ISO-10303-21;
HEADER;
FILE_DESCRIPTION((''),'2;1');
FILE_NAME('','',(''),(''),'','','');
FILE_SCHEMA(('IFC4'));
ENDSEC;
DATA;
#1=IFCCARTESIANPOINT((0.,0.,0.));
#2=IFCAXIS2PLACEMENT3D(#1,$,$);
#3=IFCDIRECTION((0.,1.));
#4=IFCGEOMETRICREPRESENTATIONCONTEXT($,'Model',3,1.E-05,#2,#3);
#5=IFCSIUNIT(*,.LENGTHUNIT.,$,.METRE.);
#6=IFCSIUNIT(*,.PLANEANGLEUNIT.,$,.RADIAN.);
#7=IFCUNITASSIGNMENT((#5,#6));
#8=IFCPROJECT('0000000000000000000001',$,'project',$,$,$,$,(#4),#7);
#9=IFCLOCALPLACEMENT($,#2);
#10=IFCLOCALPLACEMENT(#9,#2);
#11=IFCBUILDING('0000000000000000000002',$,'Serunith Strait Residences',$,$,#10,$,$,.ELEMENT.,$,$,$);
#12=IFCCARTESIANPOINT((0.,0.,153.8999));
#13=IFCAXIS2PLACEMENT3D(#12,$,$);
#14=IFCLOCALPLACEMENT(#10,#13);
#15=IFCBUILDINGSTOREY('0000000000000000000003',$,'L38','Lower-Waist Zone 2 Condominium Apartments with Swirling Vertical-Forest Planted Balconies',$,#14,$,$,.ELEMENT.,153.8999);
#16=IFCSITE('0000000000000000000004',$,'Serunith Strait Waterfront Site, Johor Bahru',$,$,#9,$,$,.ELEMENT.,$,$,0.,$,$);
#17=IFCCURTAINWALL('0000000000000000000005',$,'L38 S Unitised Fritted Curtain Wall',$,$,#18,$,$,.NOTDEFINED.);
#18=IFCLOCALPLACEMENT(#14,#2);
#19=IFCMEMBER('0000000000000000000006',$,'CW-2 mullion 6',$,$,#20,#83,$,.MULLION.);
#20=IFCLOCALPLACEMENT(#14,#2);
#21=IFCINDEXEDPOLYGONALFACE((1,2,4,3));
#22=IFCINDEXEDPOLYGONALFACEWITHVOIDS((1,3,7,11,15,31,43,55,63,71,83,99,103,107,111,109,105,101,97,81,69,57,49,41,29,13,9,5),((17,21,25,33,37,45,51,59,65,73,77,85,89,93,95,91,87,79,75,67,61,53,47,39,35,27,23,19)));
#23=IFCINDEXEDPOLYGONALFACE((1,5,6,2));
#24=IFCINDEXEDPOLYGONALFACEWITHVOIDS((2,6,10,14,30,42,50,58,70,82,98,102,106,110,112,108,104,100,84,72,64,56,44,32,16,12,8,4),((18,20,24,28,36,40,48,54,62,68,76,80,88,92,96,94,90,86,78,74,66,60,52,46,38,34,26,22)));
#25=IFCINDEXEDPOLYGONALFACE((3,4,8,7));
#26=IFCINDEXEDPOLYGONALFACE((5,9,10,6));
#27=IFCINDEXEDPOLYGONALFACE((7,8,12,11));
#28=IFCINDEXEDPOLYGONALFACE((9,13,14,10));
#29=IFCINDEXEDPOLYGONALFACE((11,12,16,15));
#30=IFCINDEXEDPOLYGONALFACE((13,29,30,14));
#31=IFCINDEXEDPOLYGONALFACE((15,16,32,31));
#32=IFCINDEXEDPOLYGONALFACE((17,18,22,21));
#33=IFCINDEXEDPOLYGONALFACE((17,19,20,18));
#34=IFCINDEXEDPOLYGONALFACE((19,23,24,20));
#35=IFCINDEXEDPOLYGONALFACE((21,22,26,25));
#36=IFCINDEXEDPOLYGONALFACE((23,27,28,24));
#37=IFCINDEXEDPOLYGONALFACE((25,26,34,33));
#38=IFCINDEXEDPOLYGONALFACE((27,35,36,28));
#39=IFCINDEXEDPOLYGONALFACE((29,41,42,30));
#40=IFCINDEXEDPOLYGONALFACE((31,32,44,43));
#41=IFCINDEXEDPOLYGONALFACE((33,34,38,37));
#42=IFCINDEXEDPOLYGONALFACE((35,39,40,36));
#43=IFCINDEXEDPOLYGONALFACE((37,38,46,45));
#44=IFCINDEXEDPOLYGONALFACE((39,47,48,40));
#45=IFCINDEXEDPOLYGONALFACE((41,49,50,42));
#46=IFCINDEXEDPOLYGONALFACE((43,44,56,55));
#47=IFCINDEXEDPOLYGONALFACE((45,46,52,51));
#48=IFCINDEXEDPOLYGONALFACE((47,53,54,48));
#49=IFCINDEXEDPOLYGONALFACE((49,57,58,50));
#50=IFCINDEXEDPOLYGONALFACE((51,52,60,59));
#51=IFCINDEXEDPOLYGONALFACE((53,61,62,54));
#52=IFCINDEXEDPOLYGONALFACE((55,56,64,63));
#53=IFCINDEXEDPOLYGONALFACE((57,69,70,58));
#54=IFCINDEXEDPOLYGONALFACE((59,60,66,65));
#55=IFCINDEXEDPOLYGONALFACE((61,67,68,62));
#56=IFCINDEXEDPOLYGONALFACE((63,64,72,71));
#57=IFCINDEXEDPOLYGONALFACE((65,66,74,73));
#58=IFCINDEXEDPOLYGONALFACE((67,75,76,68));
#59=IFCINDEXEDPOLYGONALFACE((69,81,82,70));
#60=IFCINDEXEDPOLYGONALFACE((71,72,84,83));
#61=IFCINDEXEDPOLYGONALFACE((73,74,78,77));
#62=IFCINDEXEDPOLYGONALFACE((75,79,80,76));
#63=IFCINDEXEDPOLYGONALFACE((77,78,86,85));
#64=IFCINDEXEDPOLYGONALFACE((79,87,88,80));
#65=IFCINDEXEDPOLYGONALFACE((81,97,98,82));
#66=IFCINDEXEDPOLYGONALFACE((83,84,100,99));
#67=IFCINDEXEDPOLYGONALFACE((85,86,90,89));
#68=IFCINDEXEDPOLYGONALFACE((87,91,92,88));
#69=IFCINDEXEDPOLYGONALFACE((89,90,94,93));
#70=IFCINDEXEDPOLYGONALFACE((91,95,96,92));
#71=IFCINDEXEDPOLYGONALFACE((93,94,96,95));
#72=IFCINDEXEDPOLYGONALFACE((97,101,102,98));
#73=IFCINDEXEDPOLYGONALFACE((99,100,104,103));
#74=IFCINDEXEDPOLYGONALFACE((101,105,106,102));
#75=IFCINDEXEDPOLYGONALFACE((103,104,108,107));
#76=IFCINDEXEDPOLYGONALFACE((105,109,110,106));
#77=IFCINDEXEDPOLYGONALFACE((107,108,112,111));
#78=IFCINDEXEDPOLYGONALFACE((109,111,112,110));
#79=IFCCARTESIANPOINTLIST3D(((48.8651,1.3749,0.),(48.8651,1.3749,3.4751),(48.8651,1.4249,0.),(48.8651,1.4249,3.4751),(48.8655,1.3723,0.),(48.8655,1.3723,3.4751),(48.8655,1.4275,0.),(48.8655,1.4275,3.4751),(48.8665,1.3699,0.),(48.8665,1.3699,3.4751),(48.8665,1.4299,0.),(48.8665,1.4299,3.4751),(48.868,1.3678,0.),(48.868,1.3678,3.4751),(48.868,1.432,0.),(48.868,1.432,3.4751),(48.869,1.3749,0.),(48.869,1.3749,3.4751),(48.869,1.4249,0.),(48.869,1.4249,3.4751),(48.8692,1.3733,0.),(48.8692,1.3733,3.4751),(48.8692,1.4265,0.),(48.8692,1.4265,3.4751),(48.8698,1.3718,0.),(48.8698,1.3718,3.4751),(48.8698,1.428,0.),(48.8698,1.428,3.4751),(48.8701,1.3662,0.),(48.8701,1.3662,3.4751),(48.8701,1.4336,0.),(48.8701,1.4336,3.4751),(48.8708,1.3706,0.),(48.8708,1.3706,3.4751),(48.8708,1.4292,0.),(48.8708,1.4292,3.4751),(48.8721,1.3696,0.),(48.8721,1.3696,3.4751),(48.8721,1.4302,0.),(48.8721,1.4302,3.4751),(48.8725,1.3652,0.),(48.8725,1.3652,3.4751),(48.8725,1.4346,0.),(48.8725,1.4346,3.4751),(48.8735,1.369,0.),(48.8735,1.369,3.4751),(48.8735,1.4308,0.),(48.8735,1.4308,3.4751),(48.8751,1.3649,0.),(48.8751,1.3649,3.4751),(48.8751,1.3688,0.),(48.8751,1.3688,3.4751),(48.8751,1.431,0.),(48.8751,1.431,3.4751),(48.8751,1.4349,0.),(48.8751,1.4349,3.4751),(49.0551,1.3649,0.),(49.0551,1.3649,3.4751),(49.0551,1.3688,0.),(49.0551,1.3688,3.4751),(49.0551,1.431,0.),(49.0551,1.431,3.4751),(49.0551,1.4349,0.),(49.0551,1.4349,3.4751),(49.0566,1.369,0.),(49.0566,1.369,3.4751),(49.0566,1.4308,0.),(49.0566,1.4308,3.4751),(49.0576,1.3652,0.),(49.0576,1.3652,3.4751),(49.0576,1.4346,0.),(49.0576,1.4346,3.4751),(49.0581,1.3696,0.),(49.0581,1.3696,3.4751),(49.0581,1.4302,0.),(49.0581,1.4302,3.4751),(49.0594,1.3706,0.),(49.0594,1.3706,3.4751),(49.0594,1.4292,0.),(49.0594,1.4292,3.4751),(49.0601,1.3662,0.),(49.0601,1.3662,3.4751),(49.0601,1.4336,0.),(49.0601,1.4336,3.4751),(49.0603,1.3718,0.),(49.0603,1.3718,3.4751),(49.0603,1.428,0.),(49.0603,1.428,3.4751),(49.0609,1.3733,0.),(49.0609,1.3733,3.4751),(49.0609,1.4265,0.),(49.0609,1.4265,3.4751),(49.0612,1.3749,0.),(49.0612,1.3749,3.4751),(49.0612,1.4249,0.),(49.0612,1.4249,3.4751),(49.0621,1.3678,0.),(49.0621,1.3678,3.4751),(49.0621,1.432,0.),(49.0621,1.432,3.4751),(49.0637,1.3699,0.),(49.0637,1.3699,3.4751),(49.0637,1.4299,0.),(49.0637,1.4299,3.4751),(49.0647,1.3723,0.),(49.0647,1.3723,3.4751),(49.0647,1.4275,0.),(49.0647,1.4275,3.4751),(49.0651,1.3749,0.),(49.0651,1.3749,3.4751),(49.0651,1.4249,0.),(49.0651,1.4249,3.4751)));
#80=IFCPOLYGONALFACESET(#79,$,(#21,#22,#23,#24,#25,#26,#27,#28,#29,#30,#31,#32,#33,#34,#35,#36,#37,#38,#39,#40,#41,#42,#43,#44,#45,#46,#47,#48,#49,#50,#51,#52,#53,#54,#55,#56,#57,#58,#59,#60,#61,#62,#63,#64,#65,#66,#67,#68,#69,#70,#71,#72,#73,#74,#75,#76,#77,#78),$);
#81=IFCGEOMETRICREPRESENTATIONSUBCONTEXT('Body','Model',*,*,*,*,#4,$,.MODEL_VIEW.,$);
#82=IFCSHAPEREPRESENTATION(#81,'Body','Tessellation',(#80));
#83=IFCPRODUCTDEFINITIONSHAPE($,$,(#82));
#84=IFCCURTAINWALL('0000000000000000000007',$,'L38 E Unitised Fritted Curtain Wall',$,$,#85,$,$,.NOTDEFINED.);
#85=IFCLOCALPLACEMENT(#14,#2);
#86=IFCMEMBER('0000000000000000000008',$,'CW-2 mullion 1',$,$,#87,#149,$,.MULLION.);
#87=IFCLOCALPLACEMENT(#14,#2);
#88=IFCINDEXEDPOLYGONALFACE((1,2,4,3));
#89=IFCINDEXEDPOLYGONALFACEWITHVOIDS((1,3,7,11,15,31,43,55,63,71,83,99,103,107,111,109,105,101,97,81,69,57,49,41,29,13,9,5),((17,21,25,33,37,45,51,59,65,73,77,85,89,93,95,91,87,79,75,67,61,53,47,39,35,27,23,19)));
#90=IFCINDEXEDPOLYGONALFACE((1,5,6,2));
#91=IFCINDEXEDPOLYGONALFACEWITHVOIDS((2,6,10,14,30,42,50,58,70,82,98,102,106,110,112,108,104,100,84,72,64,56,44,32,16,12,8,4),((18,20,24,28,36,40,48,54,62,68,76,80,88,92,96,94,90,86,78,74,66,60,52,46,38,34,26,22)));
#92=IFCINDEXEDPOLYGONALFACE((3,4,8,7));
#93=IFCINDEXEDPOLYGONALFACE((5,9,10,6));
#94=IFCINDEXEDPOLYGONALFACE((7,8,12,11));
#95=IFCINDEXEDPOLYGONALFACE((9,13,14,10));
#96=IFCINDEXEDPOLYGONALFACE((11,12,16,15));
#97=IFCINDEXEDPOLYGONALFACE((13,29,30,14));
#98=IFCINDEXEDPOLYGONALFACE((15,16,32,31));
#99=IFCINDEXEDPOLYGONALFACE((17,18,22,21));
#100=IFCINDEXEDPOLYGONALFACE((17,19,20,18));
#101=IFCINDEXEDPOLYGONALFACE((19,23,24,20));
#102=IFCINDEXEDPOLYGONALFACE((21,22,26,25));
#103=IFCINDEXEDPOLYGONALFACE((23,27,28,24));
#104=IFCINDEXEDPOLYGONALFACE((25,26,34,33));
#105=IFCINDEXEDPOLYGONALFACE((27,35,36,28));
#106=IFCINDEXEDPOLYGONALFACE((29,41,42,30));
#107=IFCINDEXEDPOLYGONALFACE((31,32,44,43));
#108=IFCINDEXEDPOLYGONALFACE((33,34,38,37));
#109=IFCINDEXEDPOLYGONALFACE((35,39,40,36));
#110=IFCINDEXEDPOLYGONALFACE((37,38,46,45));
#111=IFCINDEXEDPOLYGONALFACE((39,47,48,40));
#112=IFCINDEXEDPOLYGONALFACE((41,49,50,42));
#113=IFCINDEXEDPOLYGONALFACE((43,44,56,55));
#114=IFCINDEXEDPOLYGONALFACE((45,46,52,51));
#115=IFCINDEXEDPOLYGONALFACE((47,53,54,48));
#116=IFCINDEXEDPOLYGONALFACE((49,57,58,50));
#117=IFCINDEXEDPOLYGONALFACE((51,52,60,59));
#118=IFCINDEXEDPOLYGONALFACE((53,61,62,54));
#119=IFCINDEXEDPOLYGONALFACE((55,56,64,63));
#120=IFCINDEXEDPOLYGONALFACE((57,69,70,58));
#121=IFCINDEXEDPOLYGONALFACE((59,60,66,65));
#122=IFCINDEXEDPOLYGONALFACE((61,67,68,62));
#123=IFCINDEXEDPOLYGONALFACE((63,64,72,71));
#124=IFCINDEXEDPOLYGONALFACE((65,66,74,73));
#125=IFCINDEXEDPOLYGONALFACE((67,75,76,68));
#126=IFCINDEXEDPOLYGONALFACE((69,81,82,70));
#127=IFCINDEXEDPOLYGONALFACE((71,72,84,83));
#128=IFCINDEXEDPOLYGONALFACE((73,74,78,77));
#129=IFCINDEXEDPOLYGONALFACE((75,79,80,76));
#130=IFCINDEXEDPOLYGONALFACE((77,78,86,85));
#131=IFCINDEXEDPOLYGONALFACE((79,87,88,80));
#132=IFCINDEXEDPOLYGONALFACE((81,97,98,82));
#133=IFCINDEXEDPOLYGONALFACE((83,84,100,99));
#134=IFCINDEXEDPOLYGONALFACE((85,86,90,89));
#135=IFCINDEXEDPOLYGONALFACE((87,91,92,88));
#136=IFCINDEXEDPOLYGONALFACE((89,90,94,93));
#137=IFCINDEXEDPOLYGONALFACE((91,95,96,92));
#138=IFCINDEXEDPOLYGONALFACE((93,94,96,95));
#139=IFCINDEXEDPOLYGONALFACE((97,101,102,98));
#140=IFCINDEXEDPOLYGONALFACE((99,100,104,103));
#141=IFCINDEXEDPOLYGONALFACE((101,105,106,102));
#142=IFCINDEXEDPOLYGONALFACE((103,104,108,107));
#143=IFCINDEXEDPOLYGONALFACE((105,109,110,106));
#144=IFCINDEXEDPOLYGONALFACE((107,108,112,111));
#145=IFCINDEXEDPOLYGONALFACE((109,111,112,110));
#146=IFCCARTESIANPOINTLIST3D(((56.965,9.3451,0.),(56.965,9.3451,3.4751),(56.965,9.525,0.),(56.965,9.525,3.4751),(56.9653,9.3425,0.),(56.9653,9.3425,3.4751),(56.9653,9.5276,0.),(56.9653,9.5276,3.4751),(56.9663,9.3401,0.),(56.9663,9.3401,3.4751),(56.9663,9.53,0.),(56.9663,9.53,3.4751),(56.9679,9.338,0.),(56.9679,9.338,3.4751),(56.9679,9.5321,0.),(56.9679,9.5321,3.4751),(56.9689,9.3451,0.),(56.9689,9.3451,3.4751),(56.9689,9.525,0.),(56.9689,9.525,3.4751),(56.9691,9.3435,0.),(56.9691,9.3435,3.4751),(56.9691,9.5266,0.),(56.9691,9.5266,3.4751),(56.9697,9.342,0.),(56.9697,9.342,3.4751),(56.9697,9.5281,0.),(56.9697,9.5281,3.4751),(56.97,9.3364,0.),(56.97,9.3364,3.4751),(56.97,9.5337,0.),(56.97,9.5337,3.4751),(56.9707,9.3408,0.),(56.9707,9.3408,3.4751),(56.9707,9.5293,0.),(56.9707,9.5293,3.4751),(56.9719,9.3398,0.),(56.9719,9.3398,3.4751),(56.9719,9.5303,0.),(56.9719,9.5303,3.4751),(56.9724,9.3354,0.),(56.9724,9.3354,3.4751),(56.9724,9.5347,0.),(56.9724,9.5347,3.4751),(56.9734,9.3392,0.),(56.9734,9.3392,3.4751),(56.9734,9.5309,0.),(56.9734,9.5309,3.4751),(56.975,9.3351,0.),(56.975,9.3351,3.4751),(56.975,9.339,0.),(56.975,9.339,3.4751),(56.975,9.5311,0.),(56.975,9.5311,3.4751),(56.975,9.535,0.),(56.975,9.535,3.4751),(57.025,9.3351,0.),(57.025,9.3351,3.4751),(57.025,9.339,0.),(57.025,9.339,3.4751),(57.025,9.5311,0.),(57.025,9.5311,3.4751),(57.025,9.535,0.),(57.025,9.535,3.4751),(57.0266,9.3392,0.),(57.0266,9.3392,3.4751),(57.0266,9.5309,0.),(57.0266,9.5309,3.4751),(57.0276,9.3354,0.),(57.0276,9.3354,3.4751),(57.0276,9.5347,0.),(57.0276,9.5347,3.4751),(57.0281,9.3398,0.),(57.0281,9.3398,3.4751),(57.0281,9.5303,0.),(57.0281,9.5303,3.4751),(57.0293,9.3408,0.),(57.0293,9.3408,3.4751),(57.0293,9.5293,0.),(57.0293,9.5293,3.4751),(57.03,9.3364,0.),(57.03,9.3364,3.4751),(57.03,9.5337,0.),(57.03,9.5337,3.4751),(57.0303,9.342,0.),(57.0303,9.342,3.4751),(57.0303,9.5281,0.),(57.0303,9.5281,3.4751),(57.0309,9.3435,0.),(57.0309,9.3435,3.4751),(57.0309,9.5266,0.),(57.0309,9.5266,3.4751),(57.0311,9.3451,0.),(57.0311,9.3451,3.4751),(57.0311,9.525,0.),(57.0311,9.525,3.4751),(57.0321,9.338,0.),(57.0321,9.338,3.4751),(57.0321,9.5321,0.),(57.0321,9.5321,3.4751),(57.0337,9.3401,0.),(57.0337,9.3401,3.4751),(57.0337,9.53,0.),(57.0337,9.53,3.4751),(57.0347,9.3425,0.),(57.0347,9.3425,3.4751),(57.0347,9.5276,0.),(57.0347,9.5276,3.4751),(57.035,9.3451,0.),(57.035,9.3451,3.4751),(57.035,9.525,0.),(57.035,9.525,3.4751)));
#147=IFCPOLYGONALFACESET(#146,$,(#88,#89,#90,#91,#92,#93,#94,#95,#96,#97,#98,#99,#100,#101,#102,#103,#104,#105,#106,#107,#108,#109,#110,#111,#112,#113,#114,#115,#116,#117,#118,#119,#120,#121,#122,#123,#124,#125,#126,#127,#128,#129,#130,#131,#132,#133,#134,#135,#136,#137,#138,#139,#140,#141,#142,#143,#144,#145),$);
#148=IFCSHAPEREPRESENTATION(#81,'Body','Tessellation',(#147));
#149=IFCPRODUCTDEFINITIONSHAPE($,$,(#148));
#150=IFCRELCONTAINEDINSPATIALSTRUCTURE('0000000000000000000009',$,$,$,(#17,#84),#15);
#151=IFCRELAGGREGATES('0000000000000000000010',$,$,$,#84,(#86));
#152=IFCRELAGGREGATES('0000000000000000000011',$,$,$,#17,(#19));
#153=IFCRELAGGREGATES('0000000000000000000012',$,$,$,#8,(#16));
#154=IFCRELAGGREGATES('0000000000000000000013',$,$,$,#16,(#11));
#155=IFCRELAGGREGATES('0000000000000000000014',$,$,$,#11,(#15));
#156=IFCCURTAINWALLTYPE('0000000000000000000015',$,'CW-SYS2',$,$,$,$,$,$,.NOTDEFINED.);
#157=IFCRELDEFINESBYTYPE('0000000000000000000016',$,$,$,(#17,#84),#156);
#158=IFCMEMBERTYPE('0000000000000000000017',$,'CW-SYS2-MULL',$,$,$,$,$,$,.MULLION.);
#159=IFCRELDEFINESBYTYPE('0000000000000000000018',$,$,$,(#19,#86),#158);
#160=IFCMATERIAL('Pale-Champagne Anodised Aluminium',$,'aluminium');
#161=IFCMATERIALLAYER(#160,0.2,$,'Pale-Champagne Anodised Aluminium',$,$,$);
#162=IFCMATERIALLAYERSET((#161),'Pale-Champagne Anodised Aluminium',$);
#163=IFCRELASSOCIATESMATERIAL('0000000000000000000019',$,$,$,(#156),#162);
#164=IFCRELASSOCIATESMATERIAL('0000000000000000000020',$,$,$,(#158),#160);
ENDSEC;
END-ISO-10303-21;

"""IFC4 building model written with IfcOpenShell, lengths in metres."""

from ifc_helpers import new_model, si_unit, direction, frame, origin, origin_2d, place, context, subcontext, project, spatial, hollow_rectangle, extrude, source, transform, mapped, material, layer, layer_set, material_profile, profile_set, type_object, element, aggregate, save


model = new_model("IFC4")

# Units and contexts
model_context = context("Model", 3, precision=1e-05, world=origin(), true_north=direction((0.0, 1.0)))
body_context = subcontext(model_context, "Body", "Model", "MODEL_VIEW")
ifc_project = project(units=[si_unit("LENGTHUNIT", "METRE"), si_unit("PLANEANGLEUNIT", "RADIAN")], contexts=[model_context])

# Site, building, storey
site_placement = place(None, origin())
site = spatial("IfcSite", under=ifc_project, at=site_placement, Name="Serunith Strait Waterfront Site, Johor Bahru", CompositionType="ELEMENT", RefElevation=0.0)
building_placement = place(site_placement, origin())
building = spatial("IfcBuilding", under=site, at=building_placement, Name="Serunith Strait Residences", CompositionType="ELEMENT")
storey_placement = place(building_placement, frame((0.0, 0.0, 153.8999)))
storey = spatial("IfcBuildingStorey", under=building, at=storey_placement, Name="L38", Description="Lower-Waist Zone 2 Condominium Apartments with Swirling Vertical-Forest Planted Balconies", CompositionType="ELEMENT", Elevation=153.8999)

# Curtain wall, member
ifc_material_1 = material(Name="Pale-Champagne Anodised Aluminium", Category="aluminium")
ifc_layer_1 = layer(ifc_material_1, 0.2, Name="Pale-Champagne Anodised Aluminium")
ifc_layer_set_1 = layer_set([ifc_layer_1], Name="Pale-Champagne Anodised Aluminium")
curtain_wall_type = type_object("IfcCurtainWallType", Name="CW-SYS2", PredefinedType="NOTDEFINED", material=ifc_layer_set_1)
curtain_wall_1_placement = place(storey_placement, origin())
curtain_wall_1 = element("IfcCurtainWall", 1, at=curtain_wall_1_placement, inside=storey, type_object=curtain_wall_type, Name="L38 S Unitised Fritted Curtain Wall", PredefinedType="NOTDEFINED")
ifc_material_profile_1 = material_profile(ifc_material_1, hollow_rectangle(XDim=0.0701, YDim=0.2, WallThickness=0.0039, InnerFilletRadius=0.0061, OuterFilletRadius=0.01, at=origin_2d()), Name="ALU 200x70x4")
ifc_profile_set_1 = profile_set([ifc_material_profile_1], Name="Pale-Champagne Anodised Aluminium")
member_type_1 = type_object("IfcMemberType", Name="CW-SYS2-MULL", PredefinedType="MULLION", material=ifc_profile_set_1)
shared_shape_1 = source(origin(), body_context, "Body", "SweptSolid", [
    extrude(hollow_rectangle(XDim=0.0701, YDim=0.2, WallThickness=0.0039, InnerFilletRadius=0.0061, OuterFilletRadius=0.01, at=origin_2d()), origin(), (0.0, 0.0, 1.0), 3.4751),
])
member_1_placement = place(storey_placement, frame((48.9651, 1.3999, 0.0), z_axis=(0.0, 0.0, 1.0), x_axis=(0.0, 1.0, 0.0)))
member_1 = element("IfcMember", 2, at=member_1_placement, type_object=member_type_1, Name="CW-2 mullion 6", PredefinedType="MULLION", context=body_context, shape_type="MappedRepresentation", body=[
    mapped(shared_shape_1, transform((0.0, 0.0, 0.0), scale=1.0)),
])

# Curtain wall, member
curtain_wall_2_placement = place(storey_placement, origin())
curtain_wall_2 = element("IfcCurtainWall", 3, at=curtain_wall_2_placement, inside=storey, type_object=curtain_wall_type, Name="L38 E Unitised Fritted Curtain Wall", PredefinedType="NOTDEFINED")
member_2_placement = place(storey_placement, frame((57.0, 9.4351, 0.0), z_axis=(0.0, 0.0, 1.0), x_axis=(-1.0, 0.0, 0.0)))
member_2 = element("IfcMember", 4, at=member_2_placement, type_object=member_type_1, Name="CW-2 mullion 1", PredefinedType="MULLION", context=body_context, shape_type="MappedRepresentation", body=[
    mapped(shared_shape_1, transform((0.0, 0.0, 0.0), scale=1.0)),
])
aggregate(curtain_wall_2, [member_2])

aggregate(curtain_wall_1, [member_1])

save(model, "model.ifc")
